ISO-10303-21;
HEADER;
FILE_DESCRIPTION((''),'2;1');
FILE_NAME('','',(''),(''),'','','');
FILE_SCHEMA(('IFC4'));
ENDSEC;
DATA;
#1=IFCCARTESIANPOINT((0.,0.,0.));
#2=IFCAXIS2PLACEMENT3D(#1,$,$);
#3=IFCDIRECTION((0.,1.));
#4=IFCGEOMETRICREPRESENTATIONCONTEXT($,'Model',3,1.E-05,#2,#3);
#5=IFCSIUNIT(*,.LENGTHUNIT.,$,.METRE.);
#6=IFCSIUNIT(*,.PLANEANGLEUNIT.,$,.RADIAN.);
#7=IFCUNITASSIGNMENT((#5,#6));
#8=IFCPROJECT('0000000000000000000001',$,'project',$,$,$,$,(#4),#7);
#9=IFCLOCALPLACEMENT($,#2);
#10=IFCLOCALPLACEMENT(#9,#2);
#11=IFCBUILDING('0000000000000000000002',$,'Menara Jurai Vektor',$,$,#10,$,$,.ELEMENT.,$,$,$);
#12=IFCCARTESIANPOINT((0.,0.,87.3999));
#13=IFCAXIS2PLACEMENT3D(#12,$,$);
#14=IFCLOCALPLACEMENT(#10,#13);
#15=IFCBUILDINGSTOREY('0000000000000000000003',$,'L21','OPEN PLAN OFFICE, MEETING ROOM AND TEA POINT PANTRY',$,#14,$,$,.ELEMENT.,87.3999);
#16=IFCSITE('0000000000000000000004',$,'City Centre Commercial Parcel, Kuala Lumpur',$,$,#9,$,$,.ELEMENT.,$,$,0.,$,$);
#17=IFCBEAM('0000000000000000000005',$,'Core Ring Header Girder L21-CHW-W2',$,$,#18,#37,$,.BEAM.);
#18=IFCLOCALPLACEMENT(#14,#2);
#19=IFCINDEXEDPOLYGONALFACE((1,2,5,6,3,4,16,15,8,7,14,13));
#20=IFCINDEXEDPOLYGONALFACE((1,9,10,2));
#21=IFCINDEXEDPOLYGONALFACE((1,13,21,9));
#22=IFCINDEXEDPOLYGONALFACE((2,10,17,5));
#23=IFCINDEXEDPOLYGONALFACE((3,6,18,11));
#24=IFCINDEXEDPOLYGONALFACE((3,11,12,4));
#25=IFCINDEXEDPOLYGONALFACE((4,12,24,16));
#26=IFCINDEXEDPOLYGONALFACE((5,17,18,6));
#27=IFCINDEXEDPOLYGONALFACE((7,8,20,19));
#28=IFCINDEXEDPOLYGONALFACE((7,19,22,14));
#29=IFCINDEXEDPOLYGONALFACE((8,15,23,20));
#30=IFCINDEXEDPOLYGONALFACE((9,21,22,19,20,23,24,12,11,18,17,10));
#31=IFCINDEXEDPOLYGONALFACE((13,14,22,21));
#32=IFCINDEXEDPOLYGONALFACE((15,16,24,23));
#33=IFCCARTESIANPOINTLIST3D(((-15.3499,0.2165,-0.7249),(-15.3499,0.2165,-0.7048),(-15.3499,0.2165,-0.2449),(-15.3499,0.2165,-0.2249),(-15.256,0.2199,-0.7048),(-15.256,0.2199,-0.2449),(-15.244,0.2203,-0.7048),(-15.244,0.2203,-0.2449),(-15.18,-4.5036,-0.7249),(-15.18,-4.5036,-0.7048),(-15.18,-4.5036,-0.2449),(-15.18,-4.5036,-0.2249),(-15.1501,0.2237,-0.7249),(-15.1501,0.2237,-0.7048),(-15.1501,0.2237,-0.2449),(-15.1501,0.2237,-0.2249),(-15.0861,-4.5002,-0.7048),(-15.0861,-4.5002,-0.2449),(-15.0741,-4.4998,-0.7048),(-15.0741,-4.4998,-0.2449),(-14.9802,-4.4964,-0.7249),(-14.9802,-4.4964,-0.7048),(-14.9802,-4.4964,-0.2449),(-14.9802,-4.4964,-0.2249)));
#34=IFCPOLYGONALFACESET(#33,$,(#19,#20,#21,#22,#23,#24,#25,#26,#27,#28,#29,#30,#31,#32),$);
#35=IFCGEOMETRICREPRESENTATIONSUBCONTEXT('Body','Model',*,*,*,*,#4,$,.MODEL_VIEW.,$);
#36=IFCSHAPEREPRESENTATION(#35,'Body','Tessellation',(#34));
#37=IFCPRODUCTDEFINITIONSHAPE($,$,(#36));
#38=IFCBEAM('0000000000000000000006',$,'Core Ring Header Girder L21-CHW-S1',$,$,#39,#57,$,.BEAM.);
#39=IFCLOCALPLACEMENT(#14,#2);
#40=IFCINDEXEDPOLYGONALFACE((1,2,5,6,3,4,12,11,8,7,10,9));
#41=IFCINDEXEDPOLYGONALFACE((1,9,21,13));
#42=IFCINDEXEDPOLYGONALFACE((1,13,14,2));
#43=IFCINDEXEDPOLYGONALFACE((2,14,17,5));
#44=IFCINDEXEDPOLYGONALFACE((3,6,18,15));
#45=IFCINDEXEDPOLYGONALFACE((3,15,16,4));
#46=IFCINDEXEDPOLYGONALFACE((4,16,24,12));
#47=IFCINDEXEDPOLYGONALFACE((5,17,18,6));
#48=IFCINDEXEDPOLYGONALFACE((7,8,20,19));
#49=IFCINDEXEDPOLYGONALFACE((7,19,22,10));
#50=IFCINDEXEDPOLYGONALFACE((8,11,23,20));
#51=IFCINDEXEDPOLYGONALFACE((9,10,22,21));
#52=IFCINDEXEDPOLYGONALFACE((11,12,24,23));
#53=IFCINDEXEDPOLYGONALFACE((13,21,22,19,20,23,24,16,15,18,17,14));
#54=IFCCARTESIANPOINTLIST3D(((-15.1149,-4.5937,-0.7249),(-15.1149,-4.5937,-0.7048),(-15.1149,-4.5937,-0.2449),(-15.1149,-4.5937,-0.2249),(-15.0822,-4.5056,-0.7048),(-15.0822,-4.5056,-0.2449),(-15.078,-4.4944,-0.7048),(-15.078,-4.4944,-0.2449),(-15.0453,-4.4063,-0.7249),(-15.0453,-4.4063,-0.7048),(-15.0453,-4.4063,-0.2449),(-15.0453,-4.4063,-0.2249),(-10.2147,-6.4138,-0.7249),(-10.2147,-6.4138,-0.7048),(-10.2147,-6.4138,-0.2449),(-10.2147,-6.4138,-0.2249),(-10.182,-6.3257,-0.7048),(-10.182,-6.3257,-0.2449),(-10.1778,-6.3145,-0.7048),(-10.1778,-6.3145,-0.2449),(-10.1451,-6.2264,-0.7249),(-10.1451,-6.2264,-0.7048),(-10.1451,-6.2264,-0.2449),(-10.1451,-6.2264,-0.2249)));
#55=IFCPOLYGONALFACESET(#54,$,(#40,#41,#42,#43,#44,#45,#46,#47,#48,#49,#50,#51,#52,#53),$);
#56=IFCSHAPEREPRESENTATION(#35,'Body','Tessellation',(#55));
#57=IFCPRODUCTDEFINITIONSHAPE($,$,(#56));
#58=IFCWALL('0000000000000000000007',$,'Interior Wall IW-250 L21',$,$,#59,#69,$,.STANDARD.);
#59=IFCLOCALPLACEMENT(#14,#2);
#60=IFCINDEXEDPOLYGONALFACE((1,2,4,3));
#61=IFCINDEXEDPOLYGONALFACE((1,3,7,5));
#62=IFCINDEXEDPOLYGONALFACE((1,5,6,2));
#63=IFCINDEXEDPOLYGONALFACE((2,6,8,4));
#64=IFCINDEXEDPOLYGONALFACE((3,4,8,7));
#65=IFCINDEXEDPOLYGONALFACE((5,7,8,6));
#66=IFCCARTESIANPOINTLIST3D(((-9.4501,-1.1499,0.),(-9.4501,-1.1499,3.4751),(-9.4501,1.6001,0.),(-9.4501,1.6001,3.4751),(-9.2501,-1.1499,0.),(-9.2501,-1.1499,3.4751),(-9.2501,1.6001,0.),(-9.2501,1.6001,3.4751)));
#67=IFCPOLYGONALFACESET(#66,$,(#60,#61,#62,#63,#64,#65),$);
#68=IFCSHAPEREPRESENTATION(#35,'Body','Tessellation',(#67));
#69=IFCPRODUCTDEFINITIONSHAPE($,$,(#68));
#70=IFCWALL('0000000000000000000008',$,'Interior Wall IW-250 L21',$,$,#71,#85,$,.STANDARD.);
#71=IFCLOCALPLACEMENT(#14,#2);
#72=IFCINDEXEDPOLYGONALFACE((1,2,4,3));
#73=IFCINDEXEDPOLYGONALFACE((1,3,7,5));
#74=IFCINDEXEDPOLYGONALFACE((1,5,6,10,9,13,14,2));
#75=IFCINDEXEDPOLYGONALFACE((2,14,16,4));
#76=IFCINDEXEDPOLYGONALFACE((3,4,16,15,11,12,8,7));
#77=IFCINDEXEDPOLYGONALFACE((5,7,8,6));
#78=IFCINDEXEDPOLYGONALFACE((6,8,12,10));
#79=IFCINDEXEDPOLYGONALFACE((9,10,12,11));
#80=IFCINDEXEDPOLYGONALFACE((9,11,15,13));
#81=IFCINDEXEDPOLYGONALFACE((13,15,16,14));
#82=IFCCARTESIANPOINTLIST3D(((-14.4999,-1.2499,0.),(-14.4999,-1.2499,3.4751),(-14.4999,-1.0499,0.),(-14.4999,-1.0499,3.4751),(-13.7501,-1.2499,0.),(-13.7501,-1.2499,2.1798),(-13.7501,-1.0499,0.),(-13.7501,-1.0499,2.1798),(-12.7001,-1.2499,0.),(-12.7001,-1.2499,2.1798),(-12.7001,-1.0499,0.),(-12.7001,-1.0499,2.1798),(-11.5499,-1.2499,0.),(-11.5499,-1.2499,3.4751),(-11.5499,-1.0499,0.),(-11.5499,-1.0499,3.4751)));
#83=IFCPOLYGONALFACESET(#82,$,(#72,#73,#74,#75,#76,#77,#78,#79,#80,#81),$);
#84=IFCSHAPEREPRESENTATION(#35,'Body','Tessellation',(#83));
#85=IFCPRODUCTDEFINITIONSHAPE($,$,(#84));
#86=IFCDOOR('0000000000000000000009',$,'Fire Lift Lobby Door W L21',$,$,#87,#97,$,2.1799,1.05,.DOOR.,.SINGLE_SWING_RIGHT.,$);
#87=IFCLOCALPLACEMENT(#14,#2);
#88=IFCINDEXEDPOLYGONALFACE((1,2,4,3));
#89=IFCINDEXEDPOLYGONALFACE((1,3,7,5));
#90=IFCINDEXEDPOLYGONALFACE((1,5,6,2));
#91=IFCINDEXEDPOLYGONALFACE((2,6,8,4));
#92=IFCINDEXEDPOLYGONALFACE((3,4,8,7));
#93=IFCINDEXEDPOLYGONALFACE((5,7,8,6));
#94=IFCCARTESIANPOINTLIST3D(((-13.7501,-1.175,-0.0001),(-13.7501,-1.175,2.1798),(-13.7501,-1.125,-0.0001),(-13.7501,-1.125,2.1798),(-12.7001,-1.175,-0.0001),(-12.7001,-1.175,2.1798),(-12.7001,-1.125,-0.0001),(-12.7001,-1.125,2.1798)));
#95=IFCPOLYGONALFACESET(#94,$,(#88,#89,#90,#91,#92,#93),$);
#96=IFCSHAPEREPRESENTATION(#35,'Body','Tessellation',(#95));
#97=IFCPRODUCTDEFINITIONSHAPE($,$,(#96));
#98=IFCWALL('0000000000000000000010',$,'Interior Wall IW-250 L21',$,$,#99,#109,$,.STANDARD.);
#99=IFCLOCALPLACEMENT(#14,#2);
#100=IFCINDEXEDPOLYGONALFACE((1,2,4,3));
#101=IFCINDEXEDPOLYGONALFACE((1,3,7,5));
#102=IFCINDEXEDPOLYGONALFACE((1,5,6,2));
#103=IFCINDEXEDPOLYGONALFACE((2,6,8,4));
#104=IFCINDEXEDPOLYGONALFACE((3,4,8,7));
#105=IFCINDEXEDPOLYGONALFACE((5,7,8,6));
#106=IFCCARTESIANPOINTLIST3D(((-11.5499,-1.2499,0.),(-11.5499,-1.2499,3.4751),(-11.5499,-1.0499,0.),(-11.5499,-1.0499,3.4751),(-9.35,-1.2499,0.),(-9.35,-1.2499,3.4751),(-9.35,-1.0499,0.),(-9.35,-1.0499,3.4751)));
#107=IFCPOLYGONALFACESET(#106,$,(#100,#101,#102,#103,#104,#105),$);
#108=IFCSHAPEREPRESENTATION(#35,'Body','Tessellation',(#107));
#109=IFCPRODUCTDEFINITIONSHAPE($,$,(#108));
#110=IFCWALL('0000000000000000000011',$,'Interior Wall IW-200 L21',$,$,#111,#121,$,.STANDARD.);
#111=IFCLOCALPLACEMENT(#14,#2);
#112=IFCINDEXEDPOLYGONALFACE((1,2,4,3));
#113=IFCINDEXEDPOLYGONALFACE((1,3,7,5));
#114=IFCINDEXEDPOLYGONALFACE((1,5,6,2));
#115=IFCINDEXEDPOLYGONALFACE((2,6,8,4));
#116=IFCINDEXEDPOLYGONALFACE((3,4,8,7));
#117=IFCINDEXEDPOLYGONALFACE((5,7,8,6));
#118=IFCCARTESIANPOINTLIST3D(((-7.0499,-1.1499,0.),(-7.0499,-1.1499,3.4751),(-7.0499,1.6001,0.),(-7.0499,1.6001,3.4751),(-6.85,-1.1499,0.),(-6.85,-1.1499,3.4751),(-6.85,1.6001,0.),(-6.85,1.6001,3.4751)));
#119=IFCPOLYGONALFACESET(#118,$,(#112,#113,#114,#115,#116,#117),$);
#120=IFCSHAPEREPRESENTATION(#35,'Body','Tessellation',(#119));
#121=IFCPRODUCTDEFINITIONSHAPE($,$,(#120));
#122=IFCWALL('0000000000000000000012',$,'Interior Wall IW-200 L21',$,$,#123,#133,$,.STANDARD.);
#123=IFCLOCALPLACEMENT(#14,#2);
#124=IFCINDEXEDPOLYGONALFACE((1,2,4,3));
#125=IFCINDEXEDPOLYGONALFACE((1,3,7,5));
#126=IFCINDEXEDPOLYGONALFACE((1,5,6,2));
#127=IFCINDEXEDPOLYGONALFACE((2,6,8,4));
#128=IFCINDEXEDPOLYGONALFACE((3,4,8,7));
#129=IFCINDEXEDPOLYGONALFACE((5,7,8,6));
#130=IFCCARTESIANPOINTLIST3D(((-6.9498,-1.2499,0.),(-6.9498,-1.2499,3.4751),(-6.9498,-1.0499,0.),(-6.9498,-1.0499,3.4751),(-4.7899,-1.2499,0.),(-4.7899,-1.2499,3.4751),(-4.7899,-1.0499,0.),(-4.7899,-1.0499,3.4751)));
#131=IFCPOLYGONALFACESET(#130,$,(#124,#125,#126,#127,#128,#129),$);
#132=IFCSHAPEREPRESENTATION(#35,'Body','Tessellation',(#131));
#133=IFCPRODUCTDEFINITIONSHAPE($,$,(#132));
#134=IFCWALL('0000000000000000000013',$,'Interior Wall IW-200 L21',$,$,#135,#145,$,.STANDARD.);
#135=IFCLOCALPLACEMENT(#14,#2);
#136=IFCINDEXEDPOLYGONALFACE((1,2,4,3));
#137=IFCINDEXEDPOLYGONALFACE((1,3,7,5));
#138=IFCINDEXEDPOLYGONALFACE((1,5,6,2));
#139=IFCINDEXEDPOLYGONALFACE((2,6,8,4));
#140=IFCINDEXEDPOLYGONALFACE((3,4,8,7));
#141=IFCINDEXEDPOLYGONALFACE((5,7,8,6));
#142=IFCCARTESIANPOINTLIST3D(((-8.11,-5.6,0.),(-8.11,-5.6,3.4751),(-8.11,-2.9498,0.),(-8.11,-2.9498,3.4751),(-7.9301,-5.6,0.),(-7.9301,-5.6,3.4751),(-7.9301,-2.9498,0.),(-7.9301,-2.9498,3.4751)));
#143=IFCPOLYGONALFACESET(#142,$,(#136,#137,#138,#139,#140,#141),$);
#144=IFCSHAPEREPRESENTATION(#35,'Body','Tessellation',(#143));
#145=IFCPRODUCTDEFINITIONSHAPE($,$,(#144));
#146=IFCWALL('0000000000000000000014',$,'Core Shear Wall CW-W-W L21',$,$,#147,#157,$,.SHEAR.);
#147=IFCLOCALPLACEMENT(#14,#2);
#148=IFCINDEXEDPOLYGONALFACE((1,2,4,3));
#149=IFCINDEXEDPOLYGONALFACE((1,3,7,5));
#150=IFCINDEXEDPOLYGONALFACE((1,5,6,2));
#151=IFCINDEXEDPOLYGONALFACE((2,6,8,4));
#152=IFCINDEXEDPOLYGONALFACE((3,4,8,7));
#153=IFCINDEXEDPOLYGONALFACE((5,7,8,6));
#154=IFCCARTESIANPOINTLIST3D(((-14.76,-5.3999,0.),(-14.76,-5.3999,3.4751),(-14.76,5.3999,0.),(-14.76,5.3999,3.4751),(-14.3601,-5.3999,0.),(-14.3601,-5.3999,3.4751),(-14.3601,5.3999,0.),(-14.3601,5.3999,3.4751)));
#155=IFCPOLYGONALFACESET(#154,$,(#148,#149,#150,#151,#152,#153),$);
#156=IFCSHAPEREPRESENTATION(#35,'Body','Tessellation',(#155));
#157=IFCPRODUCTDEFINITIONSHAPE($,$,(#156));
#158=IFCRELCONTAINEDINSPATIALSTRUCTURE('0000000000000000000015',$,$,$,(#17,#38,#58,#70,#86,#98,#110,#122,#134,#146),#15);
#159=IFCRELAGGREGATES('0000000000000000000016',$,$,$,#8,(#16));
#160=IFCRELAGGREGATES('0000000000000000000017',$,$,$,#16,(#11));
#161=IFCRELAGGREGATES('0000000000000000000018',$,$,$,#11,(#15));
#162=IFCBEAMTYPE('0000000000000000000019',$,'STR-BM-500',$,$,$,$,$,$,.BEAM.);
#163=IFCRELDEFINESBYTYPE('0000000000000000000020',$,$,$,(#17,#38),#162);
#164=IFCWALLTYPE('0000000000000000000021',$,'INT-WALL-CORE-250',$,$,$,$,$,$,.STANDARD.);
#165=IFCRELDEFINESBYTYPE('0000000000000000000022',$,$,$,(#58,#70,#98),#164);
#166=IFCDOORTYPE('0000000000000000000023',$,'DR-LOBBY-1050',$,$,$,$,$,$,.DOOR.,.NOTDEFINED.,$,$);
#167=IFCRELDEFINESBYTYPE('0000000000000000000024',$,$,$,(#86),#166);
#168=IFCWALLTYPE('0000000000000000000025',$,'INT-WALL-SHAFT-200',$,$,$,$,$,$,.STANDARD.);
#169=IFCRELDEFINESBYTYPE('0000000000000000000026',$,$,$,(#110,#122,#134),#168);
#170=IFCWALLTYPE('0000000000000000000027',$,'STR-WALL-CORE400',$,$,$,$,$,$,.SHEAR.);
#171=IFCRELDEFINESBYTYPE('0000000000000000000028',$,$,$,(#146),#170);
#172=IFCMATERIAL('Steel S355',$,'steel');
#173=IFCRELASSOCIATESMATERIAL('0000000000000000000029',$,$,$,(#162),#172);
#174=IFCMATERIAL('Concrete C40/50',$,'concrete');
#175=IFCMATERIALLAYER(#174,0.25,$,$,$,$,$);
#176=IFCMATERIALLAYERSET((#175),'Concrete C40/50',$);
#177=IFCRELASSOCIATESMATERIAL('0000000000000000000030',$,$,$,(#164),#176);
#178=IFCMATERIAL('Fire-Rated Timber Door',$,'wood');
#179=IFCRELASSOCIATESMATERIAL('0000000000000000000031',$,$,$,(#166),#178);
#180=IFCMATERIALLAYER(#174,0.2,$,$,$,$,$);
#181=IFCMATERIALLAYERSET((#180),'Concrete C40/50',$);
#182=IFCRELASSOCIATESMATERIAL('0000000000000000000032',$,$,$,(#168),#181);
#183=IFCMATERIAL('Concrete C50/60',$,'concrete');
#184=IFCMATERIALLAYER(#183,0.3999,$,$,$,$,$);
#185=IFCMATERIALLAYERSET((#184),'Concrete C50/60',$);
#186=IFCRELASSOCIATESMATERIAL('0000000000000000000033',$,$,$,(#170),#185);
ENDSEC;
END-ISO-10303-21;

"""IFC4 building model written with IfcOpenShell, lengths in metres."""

from ifc_helpers import new_model, si_unit, direction, frame, frame_2d, origin, origin_2d, place, context, subcontext, project, spatial, rectangle, i_section, extrude, material, layer, layer_set, material_profile, profile_set, type_object, element, fill, save


model = new_model("IFC4")

# Units and contexts
model_context = context("Model", 3, precision=1e-05, world=origin(), true_north=direction((0.0, 1.0)))
body_context = subcontext(model_context, "Body", "Model", "MODEL_VIEW")
ifc_project = project(units=[si_unit("LENGTHUNIT", "METRE"), si_unit("PLANEANGLEUNIT", "RADIAN")], contexts=[model_context])

# Site, building, storey
site_placement = place(None, origin())
site = spatial("IfcSite", under=ifc_project, at=site_placement, Name="City Centre Commercial Parcel, Kuala Lumpur", CompositionType="ELEMENT", RefElevation=0.0)
building_placement = place(site_placement, origin())
building = spatial("IfcBuilding", under=site, at=building_placement, Name="Menara Jurai Vektor", CompositionType="ELEMENT")
storey_placement = place(building_placement, frame((0.0, 0.0, 87.3999)))
storey = spatial("IfcBuildingStorey", under=building, at=storey_placement, Name="L21", Description="OPEN PLAN OFFICE, MEETING ROOM AND TEA POINT PANTRY", CompositionType="ELEMENT", Elevation=87.3999)

# Beams
ifc_material_1 = material(Name="Steel S355", Category="steel")
ifc_material_profile = material_profile(ifc_material_1, i_section(OverallWidth=0.2, OverallDepth=0.5, WebThickness=0.012, FlangeThickness=0.02, at=origin_2d()), Name="PG 500x200x96")
ifc_profile_set = profile_set([ifc_material_profile], Name="Steel S355")
beam_type = type_object("IfcBeamType", Name="STR-BM-500", PredefinedType="BEAM", material=ifc_profile_set)
beam_1_placement = place(storey_placement, frame((-15.0801, -4.5, -0.4749), z_axis=(-0.035977, 0.999353, 0.0), x_axis=(-0.999353, -0.035977, 0.0)))
element("IfcBeam", 1, at=beam_1_placement, inside=storey, type_object=beam_type, Name="Core Ring Header Girder L21-CHW-W2", PredefinedType="BEAM", context=body_context, shape_type="SweptSolid", body=[
    extrude(i_section(OverallWidth=0.2, OverallDepth=0.5, WebThickness=0.012, FlangeThickness=0.02, at=origin_2d()), origin(), (0.0, 0.0, 1.0), 4.7231),
])
beam_2_placement = place(storey_placement, frame((-15.0801, -4.5, -0.4749), z_axis=(0.937424, -0.348189, 0.0), x_axis=(0.348189, 0.937424, 0.0)))
element("IfcBeam", 2, at=beam_2_placement, inside=storey, type_object=beam_type, Name="Core Ring Header Girder L21-CHW-S1", PredefinedType="BEAM", context=body_context, shape_type="SweptSolid", body=[
    extrude(i_section(OverallWidth=0.2, OverallDepth=0.5, WebThickness=0.012, FlangeThickness=0.02, at=origin_2d()), origin(), (0.0, 0.0, 1.0), 5.2273),
])

# Shared definitions
ifc_material_2 = material(Name="Concrete C40/50", Category="concrete")
ifc_layer_1 = layer(ifc_material_2, 0.25)
ifc_layer_set_1 = layer_set([ifc_layer_1], Name="Concrete C40/50")
wall_type_1 = type_object("IfcWallType", Name="INT-WALL-CORE-250", PredefinedType="STANDARD", material=ifc_layer_set_1)

# Wall
wall_1_placement = place(storey_placement, frame((-9.3501, -1.1499, 0.0), z_axis=(0.0, 0.0, 1.0), x_axis=(0.0, 1.0, 0.0)))
element("IfcWall", 3, at=wall_1_placement, inside=storey, type_object=wall_type_1, Name="Interior Wall IW-250 L21", PredefinedType="STANDARD", context=body_context, shape_type="SweptSolid", body=[
    extrude(rectangle(XDim=2.75, YDim=0.2, at=frame_2d((1.375, 0.0))), origin(), (0.0, 0.0, 1.0), 3.4751),
])

# Wall, opening, door
wall_2_placement = place(storey_placement, frame((-14.5, -1.1499, 0.0), z_axis=(0.0, 0.0, 1.0), x_axis=(1.0, 0.0, 0.0)))
wall_2 = element("IfcWall", 4, at=wall_2_placement, inside=storey, type_object=wall_type_1, Name="Interior Wall IW-250 L21", PredefinedType="STANDARD", context=body_context, shape_type="SweptSolid", body=[
    extrude(rectangle(XDim=2.95, YDim=0.2, at=frame_2d((1.4751, 0.0))), origin(), (0.0, 0.0, 1.0), 3.4751),
])
opening_1_placement = place(wall_2_placement, frame((0.75, 0.0, 0.0)))
opening_1 = element("IfcOpeningElement", 5, at=opening_1_placement, cuts=wall_2, PredefinedType="OPENING", context=body_context, shape_type="SweptSolid", body=[
    extrude(rectangle(XDim=1.05, YDim=2.1799, at=frame_2d((0.5249, 1.0898))), frame((0.0, 0.1099, 0.0), z_axis=(0.0, -1.0, 0.0), x_axis=(1.0, 0.0, 0.0)), (0.0, 0.0, 1.0), 0.22),
])
ifc_material_3 = material(Name="Fire-Rated Timber Door", Category="wood")
door_type_1 = type_object("IfcDoorType", Name="DR-LOBBY-1050", OperationType="NOTDEFINED", PredefinedType="DOOR", material=ifc_material_3)
door_1_placement = place(opening_1_placement, origin())
door_1 = element("IfcDoor", 6, at=door_1_placement, inside=storey, type_object=door_type_1, Name="Fire Lift Lobby Door W L21", OperationType="SINGLE_SWING_RIGHT", OverallHeight=2.1799, OverallWidth=1.05, PredefinedType="DOOR", context=body_context, shape_type="SweptSolid", body=[
    extrude(rectangle(XDim=1.05, YDim=2.1799, at=frame_2d((0.5249, 1.0898))), frame((0.0, 0.0249, 0.0), z_axis=(0.0, -1.0, 0.0), x_axis=(1.0, 0.0, 0.0)), (0.0, 0.0, 1.0), 0.05),
])
fill(opening_1, door_1)

# Walls
wall_3_placement = place(storey_placement, frame((-11.55, -1.1499, 0.0), z_axis=(0.0, 0.0, 1.0), x_axis=(1.0, 0.0, 0.0)))
element("IfcWall", 7, at=wall_3_placement, inside=storey, type_object=wall_type_1, Name="Interior Wall IW-250 L21", PredefinedType="STANDARD", context=body_context, shape_type="SweptSolid", body=[
    extrude(rectangle(XDim=2.2, YDim=0.2, at=frame_2d((1.1001, 0.0))), origin(), (0.0, 0.0, 1.0), 3.4751),
])
ifc_layer_2 = layer(ifc_material_2, 0.2)
ifc_layer_set_2 = layer_set([ifc_layer_2], Name="Concrete C40/50")
wall_type_2 = type_object("IfcWallType", Name="INT-WALL-SHAFT-200", PredefinedType="STANDARD", material=ifc_layer_set_2)
wall_4_placement = place(storey_placement, frame((-6.95, -1.1499, 0.0), z_axis=(0.0, 0.0, 1.0), x_axis=(0.0, 1.0, 0.0)))
element("IfcWall", 8, at=wall_4_placement, inside=storey, type_object=wall_type_2, Name="Interior Wall IW-200 L21", PredefinedType="STANDARD", context=body_context, shape_type="SweptSolid", body=[
    extrude(rectangle(XDim=2.75, YDim=0.2, at=frame_2d((1.375, 0.0))), origin(), (0.0, 0.0, 1.0), 3.4751),
])

# Wall
wall_5_placement = place(storey_placement, frame((-6.95, -1.1499, 0.0), z_axis=(0.0, 0.0, 1.0), x_axis=(1.0, 0.0, 0.0)))
element("IfcWall", 9, at=wall_5_placement, inside=storey, type_object=wall_type_2, Name="Interior Wall IW-200 L21", PredefinedType="STANDARD", context=body_context, shape_type="SweptSolid", body=[
    extrude(rectangle(XDim=2.1599, YDim=0.2, at=frame_2d((1.0801, 0.0))), origin(), (0.0, 0.0, 1.0), 3.4751),
])

# Walls
wall_6_placement = place(storey_placement, frame((-8.02, -5.6001, 0.0), z_axis=(0.0, 0.0, 1.0), x_axis=(0.0, 1.0, 0.0)))
element("IfcWall", 10, at=wall_6_placement, inside=storey, type_object=wall_type_2, Name="Interior Wall IW-200 L21", PredefinedType="STANDARD", context=body_context, shape_type="SweptSolid", body=[
    extrude(rectangle(XDim=2.6501, YDim=0.1799, at=frame_2d((1.3252, 0.0))), origin(), (0.0, 0.0, 1.0), 3.4751),
])
ifc_material_4 = material(Name="Concrete C50/60", Category="concrete")
ifc_layer_3 = layer(ifc_material_4, 0.3999)
ifc_layer_set_3 = layer_set([ifc_layer_3], Name="Concrete C50/60")
wall_type_3 = type_object("IfcWallType", Name="STR-WALL-CORE400", PredefinedType="SHEAR", material=ifc_layer_set_3)
wall_7_placement = place(storey_placement, frame((-14.5601, -5.3999, 0.0), z_axis=(0.0, 0.0, 1.0), x_axis=(0.0, 1.0, 0.0)))
element("IfcWall", 11, at=wall_7_placement, inside=storey, type_object=wall_type_3, Name="Core Shear Wall CW-W-W L21", PredefinedType="SHEAR", context=body_context, shape_type="SweptSolid", body=[
    extrude(rectangle(XDim=10.7998, YDim=0.3999, at=frame_2d((5.3999, 0.0))), origin(), (0.0, 0.0, 1.0), 3.4751),
])

save(model, "model.ifc")
